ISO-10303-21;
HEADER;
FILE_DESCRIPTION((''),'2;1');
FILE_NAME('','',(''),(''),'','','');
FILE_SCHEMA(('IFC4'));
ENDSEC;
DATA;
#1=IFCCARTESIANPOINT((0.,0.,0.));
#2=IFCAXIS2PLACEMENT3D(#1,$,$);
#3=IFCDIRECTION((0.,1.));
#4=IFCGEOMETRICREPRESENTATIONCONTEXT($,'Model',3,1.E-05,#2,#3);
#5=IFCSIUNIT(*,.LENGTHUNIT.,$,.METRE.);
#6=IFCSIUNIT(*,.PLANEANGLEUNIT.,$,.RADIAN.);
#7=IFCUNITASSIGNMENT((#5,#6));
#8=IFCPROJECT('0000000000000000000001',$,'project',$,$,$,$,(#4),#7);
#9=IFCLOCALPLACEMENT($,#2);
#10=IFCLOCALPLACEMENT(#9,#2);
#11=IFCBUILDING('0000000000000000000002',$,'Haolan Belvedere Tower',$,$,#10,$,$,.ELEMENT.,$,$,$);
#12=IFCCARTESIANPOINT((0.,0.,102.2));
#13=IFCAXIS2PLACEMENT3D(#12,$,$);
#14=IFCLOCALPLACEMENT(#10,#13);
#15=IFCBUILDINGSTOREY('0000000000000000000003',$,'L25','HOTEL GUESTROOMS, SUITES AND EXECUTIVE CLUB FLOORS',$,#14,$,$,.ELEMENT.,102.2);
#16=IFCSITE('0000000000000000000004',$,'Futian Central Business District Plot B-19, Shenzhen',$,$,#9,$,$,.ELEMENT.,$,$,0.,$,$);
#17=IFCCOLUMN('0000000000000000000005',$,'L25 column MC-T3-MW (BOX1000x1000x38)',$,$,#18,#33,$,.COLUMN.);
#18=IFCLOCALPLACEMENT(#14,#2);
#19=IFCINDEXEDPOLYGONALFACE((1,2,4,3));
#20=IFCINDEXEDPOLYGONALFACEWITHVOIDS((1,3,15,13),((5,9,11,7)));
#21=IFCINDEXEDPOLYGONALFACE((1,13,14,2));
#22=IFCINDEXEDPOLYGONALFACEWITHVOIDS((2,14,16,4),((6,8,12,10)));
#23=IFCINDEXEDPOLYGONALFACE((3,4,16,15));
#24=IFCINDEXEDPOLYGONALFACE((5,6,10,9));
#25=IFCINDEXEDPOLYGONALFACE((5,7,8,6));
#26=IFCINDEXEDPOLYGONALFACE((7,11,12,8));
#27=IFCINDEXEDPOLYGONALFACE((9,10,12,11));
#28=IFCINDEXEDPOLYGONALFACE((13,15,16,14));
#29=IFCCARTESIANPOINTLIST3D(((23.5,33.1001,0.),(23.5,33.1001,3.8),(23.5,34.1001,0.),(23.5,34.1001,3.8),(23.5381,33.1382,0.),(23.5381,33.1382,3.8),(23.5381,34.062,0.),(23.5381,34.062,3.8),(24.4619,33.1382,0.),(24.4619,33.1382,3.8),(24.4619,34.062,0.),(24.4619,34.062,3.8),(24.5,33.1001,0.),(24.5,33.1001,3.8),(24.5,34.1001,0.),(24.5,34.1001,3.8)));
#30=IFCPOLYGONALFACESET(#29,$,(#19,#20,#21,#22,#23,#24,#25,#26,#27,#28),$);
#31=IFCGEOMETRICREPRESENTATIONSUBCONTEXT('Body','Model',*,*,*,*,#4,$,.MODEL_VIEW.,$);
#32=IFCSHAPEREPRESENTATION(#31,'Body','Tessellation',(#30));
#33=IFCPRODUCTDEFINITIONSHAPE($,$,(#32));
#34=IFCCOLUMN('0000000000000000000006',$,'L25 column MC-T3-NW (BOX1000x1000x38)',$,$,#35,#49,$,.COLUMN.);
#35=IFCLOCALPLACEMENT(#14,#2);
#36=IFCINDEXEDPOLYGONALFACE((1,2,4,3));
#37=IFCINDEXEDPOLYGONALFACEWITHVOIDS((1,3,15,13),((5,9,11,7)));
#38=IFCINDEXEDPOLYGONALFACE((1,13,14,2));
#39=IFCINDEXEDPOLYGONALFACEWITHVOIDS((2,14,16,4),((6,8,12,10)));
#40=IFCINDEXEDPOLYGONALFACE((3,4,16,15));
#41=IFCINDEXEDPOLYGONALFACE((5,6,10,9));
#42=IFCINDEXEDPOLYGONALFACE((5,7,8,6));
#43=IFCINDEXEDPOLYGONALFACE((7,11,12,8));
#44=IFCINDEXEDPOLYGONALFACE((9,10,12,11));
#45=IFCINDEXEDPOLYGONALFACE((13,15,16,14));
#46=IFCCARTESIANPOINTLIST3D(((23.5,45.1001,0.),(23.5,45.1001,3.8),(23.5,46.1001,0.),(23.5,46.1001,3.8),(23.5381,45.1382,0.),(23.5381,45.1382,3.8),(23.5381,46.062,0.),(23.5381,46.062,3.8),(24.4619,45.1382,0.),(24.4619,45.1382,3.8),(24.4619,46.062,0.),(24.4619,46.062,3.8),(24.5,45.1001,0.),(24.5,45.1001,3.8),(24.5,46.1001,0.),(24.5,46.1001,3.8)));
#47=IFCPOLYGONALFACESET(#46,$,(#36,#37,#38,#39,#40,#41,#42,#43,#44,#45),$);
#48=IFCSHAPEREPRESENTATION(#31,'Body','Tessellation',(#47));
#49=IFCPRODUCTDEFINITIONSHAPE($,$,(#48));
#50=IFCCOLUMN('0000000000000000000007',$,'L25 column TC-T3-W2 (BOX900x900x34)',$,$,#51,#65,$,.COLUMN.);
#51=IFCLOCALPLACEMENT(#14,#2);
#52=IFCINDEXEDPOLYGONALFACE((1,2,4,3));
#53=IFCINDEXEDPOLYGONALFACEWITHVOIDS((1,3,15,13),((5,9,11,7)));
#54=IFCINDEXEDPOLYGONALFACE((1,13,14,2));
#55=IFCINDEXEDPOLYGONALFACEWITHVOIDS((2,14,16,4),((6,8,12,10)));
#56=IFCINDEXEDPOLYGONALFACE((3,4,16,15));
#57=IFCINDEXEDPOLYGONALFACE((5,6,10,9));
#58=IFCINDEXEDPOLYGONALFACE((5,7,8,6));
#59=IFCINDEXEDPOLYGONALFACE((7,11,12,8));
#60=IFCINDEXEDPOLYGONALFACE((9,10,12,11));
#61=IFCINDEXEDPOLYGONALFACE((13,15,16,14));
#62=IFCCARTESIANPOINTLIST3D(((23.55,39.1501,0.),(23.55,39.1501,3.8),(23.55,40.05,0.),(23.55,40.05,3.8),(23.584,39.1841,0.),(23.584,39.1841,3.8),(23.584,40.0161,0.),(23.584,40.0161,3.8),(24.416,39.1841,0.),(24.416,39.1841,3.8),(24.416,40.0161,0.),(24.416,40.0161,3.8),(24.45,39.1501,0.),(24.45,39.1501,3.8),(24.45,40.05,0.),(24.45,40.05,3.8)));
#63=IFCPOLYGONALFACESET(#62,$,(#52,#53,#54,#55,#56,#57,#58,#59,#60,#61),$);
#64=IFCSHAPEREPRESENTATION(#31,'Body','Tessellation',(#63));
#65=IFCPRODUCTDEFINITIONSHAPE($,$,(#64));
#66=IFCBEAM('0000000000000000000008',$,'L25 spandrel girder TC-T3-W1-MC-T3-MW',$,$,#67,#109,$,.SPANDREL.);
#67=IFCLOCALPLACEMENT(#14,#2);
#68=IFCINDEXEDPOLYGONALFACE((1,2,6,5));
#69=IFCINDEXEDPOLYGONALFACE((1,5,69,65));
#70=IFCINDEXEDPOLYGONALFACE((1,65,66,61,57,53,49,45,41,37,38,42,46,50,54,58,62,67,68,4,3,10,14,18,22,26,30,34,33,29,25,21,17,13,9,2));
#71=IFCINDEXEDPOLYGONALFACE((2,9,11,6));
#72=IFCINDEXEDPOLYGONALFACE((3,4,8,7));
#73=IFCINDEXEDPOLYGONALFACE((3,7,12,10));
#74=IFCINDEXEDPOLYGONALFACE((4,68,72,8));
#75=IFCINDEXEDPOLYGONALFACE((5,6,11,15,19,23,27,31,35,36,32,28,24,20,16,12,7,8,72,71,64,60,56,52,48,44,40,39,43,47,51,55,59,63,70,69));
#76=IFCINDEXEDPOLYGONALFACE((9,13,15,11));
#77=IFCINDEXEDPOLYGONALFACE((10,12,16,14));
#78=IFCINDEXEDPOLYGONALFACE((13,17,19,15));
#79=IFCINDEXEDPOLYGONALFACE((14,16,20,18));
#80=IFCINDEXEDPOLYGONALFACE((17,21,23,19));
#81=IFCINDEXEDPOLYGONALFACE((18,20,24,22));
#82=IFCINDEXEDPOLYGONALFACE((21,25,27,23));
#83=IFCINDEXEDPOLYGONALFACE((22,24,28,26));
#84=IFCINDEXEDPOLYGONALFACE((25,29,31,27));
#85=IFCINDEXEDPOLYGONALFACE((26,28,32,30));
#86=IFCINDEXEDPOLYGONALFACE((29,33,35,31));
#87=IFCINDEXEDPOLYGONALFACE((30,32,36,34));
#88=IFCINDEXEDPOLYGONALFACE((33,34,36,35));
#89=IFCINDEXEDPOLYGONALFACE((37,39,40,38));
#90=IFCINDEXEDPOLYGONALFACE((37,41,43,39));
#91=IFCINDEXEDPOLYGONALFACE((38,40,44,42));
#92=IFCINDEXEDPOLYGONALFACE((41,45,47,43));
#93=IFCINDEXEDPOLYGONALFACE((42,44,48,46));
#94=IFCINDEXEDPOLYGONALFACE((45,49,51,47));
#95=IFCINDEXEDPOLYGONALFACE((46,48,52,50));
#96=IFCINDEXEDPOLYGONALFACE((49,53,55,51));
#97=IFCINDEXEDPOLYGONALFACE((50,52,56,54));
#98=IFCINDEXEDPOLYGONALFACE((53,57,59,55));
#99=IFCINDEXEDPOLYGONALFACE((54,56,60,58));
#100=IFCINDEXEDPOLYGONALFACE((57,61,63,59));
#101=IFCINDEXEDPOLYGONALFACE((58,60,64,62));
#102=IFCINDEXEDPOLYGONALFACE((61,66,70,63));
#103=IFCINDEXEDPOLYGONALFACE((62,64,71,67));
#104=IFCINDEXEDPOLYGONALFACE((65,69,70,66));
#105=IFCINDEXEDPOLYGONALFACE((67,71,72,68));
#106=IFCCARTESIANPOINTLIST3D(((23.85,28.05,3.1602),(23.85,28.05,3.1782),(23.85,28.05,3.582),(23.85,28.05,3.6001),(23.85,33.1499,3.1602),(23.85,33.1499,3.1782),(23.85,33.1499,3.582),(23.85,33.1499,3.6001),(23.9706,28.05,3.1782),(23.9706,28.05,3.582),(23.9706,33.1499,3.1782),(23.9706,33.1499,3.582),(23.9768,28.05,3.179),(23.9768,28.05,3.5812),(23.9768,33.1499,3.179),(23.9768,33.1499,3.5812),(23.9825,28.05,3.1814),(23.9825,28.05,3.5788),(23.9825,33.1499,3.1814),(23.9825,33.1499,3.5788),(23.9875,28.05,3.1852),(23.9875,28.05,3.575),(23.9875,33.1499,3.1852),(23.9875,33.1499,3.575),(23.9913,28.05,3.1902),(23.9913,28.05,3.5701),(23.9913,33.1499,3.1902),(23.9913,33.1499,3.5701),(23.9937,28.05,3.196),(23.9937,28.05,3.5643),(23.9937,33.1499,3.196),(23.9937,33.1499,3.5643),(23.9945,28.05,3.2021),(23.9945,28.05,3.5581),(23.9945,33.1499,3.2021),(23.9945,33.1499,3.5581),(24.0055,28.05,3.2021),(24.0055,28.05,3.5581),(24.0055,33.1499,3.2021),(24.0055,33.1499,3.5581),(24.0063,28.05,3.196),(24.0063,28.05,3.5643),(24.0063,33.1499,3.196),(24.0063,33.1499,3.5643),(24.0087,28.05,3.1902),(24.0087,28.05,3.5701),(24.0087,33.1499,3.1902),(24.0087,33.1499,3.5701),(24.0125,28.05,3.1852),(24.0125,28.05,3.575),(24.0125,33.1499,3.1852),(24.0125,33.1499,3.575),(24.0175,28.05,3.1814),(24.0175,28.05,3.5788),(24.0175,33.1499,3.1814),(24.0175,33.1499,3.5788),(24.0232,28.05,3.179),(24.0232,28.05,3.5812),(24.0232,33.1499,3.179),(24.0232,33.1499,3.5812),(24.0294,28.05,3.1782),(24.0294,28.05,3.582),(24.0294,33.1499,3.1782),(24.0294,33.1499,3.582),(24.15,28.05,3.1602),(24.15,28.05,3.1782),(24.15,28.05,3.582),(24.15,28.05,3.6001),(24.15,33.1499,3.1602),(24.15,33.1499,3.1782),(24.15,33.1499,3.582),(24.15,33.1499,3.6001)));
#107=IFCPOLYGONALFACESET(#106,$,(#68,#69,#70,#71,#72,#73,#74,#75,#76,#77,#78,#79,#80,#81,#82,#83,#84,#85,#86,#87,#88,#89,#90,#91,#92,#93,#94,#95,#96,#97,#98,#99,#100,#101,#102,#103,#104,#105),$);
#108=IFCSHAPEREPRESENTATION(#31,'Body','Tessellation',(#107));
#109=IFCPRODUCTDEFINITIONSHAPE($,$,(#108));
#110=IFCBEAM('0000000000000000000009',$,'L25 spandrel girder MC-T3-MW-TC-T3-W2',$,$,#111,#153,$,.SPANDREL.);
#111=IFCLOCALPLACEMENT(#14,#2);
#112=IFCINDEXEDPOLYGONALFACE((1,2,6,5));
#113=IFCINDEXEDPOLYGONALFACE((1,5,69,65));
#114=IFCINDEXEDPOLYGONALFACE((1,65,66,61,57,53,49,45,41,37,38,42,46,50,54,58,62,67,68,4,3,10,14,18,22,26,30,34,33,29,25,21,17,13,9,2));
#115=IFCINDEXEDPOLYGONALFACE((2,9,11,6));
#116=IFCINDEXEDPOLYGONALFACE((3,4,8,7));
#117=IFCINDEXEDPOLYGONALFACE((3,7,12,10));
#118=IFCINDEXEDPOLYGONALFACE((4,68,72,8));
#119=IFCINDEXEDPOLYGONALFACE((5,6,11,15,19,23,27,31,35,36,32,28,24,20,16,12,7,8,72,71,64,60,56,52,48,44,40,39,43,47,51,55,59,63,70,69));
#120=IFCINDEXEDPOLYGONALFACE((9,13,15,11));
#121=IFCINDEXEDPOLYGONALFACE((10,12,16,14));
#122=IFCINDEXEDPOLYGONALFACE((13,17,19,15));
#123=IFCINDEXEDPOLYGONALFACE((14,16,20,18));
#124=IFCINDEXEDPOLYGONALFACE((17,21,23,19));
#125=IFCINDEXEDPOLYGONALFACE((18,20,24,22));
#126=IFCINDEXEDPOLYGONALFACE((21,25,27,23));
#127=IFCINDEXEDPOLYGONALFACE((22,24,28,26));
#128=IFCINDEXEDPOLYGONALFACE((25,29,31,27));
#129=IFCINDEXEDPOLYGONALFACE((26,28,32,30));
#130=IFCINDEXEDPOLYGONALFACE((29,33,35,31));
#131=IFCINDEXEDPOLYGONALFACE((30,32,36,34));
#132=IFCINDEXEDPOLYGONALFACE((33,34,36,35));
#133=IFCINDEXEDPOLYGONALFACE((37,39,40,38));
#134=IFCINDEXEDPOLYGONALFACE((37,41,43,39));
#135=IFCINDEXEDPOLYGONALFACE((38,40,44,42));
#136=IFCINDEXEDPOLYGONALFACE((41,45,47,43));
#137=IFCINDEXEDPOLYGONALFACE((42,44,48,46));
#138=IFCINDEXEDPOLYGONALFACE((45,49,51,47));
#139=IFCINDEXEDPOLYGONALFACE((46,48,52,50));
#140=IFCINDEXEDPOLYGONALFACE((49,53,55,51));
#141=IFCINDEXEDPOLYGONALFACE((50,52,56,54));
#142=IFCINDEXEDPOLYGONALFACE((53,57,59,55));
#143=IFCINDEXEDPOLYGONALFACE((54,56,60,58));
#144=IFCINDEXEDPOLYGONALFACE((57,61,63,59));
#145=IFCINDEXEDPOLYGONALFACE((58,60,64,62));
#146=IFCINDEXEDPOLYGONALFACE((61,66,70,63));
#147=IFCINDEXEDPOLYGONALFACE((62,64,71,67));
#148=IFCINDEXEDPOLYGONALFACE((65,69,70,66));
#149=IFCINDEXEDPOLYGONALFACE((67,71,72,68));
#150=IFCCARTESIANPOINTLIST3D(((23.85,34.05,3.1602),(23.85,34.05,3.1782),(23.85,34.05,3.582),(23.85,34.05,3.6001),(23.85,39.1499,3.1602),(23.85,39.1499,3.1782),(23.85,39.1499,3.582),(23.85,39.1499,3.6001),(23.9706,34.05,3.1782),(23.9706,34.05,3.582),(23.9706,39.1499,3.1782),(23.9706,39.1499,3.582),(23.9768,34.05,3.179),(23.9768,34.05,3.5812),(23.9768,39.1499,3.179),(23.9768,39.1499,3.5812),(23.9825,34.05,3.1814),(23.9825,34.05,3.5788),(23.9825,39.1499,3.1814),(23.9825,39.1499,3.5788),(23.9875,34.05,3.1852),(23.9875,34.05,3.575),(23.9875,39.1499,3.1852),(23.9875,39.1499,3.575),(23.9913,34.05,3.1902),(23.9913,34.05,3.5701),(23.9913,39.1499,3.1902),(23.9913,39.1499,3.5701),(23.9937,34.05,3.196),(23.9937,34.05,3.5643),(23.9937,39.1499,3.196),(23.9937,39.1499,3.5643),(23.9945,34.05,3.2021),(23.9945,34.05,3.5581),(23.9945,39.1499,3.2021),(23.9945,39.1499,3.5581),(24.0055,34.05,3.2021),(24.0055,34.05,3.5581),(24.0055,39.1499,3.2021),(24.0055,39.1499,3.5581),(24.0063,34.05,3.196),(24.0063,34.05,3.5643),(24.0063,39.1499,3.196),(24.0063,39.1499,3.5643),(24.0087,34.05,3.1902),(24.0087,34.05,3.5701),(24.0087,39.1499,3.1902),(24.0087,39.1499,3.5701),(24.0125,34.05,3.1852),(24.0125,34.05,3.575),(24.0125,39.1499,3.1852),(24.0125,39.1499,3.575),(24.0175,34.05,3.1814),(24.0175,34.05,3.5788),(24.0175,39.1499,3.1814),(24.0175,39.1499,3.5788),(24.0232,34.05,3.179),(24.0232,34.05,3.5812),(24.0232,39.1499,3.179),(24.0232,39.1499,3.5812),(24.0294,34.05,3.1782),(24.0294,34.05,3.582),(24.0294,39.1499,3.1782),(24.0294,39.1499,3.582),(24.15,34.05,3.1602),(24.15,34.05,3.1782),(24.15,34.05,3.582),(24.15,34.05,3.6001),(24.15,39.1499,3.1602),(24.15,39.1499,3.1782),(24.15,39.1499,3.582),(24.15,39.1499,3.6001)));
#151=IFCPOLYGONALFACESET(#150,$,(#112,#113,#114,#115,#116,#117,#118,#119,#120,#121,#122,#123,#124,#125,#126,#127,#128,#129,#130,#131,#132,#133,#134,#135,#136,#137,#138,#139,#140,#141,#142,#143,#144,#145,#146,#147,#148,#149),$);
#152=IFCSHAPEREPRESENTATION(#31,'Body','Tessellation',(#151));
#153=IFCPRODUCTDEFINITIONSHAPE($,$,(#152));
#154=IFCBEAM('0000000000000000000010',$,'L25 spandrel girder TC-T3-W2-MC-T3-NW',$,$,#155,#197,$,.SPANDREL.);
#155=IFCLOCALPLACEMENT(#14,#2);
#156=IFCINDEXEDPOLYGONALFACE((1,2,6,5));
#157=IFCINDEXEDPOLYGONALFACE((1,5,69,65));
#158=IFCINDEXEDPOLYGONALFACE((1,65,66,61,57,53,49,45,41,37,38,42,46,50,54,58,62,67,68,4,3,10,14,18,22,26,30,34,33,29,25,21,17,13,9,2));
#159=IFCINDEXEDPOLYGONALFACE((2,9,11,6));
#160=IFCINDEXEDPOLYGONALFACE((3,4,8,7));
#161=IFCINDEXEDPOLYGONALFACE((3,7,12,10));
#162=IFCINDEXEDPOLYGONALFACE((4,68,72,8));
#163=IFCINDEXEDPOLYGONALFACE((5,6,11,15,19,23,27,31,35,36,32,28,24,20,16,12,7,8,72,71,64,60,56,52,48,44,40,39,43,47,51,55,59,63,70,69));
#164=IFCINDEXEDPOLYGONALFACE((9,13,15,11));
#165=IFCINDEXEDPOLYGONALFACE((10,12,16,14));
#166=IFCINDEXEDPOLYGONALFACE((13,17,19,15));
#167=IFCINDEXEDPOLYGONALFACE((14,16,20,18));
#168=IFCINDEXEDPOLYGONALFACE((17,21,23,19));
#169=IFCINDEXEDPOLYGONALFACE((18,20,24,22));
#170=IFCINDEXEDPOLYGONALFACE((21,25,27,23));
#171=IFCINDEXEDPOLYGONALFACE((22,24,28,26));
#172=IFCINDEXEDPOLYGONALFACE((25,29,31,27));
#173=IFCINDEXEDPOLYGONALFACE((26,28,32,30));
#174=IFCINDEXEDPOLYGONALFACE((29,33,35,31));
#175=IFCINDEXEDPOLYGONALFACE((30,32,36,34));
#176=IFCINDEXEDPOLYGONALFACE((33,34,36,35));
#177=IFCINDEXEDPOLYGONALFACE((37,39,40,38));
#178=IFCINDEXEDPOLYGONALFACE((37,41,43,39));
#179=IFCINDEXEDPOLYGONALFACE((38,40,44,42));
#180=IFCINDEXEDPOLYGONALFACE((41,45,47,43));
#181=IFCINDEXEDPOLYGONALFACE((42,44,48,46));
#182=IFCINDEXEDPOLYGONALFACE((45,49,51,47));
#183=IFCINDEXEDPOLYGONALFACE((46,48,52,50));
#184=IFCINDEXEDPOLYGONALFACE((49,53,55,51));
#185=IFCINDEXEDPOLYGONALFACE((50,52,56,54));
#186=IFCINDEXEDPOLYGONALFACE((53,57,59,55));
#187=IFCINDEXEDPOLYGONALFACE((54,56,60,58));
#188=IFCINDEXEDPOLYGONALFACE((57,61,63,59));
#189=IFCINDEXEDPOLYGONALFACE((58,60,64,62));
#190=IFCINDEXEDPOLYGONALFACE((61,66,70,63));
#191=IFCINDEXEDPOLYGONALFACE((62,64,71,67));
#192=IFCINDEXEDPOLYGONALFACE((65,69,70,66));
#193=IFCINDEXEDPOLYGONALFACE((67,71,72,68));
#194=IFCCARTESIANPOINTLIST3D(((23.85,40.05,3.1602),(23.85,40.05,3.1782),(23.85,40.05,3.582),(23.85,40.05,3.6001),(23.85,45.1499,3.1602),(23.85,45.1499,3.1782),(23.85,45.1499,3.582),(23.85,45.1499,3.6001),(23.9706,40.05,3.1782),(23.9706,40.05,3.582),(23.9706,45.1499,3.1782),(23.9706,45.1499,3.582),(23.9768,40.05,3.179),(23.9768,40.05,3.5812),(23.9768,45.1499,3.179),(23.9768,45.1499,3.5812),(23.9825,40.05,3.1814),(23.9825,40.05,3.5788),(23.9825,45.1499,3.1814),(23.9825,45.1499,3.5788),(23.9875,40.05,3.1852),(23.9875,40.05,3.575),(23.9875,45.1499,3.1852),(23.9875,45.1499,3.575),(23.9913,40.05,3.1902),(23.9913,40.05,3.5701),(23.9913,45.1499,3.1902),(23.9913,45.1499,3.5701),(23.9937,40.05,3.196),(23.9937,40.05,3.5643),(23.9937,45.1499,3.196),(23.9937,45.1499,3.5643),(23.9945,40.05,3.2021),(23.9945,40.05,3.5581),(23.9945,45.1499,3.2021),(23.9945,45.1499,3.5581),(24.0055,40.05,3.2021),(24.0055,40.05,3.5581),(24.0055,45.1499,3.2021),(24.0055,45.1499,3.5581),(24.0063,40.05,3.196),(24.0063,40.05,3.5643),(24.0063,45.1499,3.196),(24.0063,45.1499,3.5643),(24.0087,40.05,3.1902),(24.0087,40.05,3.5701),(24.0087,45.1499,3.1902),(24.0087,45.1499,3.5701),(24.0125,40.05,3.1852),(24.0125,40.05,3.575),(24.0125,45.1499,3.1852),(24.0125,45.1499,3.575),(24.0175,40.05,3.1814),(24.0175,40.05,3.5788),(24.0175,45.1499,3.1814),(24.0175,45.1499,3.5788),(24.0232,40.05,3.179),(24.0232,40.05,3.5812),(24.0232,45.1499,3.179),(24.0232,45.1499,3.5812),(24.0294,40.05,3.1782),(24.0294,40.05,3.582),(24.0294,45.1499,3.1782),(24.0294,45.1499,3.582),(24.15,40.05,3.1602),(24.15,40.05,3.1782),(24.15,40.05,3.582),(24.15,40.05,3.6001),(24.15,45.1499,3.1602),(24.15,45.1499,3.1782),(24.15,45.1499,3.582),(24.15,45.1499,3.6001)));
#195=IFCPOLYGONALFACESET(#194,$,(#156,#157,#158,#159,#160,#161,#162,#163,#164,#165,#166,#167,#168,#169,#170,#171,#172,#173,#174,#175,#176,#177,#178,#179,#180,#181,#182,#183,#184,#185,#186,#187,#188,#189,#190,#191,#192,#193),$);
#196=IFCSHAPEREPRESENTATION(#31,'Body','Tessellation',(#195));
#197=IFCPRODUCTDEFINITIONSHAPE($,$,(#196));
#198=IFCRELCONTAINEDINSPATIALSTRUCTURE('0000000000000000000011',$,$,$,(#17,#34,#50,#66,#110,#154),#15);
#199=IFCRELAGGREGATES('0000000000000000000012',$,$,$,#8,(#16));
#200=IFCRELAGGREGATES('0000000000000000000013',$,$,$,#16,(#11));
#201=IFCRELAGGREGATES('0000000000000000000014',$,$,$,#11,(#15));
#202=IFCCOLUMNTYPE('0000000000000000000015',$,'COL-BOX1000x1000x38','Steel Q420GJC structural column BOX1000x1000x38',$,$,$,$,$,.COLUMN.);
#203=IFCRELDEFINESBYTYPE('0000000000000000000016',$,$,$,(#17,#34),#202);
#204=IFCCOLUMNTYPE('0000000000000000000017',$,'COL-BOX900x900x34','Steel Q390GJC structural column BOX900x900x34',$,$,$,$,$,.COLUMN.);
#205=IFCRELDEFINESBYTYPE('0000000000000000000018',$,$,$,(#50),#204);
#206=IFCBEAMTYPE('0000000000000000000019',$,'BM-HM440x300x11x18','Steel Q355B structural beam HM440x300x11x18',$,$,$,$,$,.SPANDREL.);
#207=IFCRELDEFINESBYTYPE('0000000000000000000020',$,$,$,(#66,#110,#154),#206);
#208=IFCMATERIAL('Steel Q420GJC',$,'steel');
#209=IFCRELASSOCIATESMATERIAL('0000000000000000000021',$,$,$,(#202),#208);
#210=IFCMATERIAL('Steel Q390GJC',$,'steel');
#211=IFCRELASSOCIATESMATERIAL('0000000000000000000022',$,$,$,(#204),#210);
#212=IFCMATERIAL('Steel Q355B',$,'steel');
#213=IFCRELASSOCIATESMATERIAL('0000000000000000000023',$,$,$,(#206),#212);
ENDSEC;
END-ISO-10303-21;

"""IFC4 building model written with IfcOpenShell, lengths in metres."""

from ifc_helpers import new_model, si_unit, direction, frame, origin, origin_2d, place, context, subcontext, project, spatial, hollow_rectangle, i_section, extrude, material, material_profile, profile_set, type_object, element, save


model = new_model("IFC4")

# Units and contexts
model_context = context("Model", 3, precision=1e-05, world=origin(), true_north=direction((0.0, 1.0)))
body_context = subcontext(model_context, "Body", "Model", "MODEL_VIEW")
ifc_project = project(units=[si_unit("LENGTHUNIT", "METRE"), si_unit("PLANEANGLEUNIT", "RADIAN")], contexts=[model_context])

# Site, building, storey
site_placement = place(None, origin())
site = spatial("IfcSite", under=ifc_project, at=site_placement, Name="Futian Central Business District Plot B-19, Shenzhen", CompositionType="ELEMENT", RefElevation=0.0)
building_placement = place(site_placement, origin())
building = spatial("IfcBuilding", under=site, at=building_placement, Name="Haolan Belvedere Tower", CompositionType="ELEMENT")
storey_placement = place(building_placement, frame((0.0, 0.0, 102.2)))
storey = spatial("IfcBuildingStorey", under=building, at=storey_placement, Name="L25", Description="HOTEL GUESTROOMS, SUITES AND EXECUTIVE CLUB FLOORS", CompositionType="ELEMENT", Elevation=102.2)

# Columns
ifc_material_1 = material(Name="Steel Q420GJC", Category="steel")
ifc_material_profile_1 = material_profile(ifc_material_1, hollow_rectangle(XDim=1.0, YDim=1.0, WallThickness=0.0381, at=origin_2d()), Name="Steel Q420GJC")
ifc_profile_set_1 = profile_set([ifc_material_profile_1], Name="Steel Q420GJC")
column_type_1 = type_object("IfcColumnType", Name="COL-BOX1000x1000x38", Description="Steel Q420GJC structural column BOX1000x1000x38", PredefinedType="COLUMN", material=ifc_profile_set_1)
for number, where, z_axis, x_axis, name in (
    (1, (24.0, 33.6001, 0.0), (0.0, 0.0, 1.0), (1.0, 0.0, 0.0), "L25 column MC-T3-MW (BOX1000x1000x38)"),
    (2, (24.0, 45.6001, 0.0), (0.0, 0.0, 1.0), (1.0, 0.0, 0.0), "L25 column MC-T3-NW (BOX1000x1000x38)"),
):
    element("IfcColumn", number, at=place(storey_placement, frame(where, z_axis=z_axis, x_axis=x_axis)), inside=storey, type_object=column_type_1, Name=name, PredefinedType="COLUMN", context=body_context, shape_type="SweptSolid", body=[
        extrude(hollow_rectangle(XDim=1.0, YDim=1.0, WallThickness=0.0381, at=origin_2d()), origin(), (0.0, 0.0, 1.0), 3.8),
    ])
ifc_material_2 = material(Name="Steel Q390GJC", Category="steel")
ifc_material_profile_2 = material_profile(ifc_material_2, hollow_rectangle(XDim=0.8999, YDim=0.8999, WallThickness=0.0339, at=origin_2d()), Name="Steel Q390GJC")
ifc_profile_set_2 = profile_set([ifc_material_profile_2], Name="Steel Q390GJC")
column_type_2 = type_object("IfcColumnType", Name="COL-BOX900x900x34", Description="Steel Q390GJC structural column BOX900x900x34", PredefinedType="COLUMN", material=ifc_profile_set_2)
column_placement = place(storey_placement, frame((24.0, 39.6001, 0.0), z_axis=(0.0, 0.0, 1.0), x_axis=(1.0, 0.0, 0.0)))
element("IfcColumn", 3, at=column_placement, inside=storey, type_object=column_type_2, Name="L25 column TC-T3-W2 (BOX900x900x34)", PredefinedType="COLUMN", context=body_context, shape_type="SweptSolid", body=[
    extrude(hollow_rectangle(XDim=0.8999, YDim=0.8999, WallThickness=0.0339, at=origin_2d()), origin(), (0.0, 0.0, 1.0), 3.8),
])

# Beams
ifc_material_3 = material(Name="Steel Q355B", Category="steel")
ifc_material_profile_3 = material_profile(ifc_material_3, i_section(OverallWidth=0.3, OverallDepth=0.4399, WebThickness=0.011, FlangeThickness=0.0181, FilletRadius=0.0239, at=origin_2d()), Name="Steel Q355B")
ifc_profile_set_3 = profile_set([ifc_material_profile_3], Name="Steel Q355B")
beam_type_1 = type_object("IfcBeamType", Name="BM-HM440x300x11x18", Description="Steel Q355B structural beam HM440x300x11x18", PredefinedType="SPANDREL", material=ifc_profile_set_3)
for number, where, z_axis, x_axis, name in (
    (4, (24.0, 28.05, 3.3801), (0.0, 1.0, 0.0), (-1.0, 0.0, 0.0), "L25 spandrel girder TC-T3-W1-MC-T3-MW"),
    (5, (24.0, 34.05, 3.3801), (0.0, 1.0, 0.0), (-1.0, 0.0, 0.0), "L25 spandrel girder MC-T3-MW-TC-T3-W2"),
    (6, (24.0, 40.05, 3.3801), (0.0, 1.0, 0.0), (-1.0, 0.0, 0.0), "L25 spandrel girder TC-T3-W2-MC-T3-NW"),
):
    element("IfcBeam", number, at=place(storey_placement, frame(where, z_axis=z_axis, x_axis=x_axis)), inside=storey, type_object=beam_type_1, Name=name, PredefinedType="SPANDREL", context=body_context, shape_type="SweptSolid", body=[
        extrude(i_section(OverallWidth=0.3, OverallDepth=0.4399, WebThickness=0.011, FlangeThickness=0.0181, FilletRadius=0.0239, at=origin_2d()), origin(), (0.0, 0.0, 1.0), 5.0999),
    ])

save(model, "model.ifc")
